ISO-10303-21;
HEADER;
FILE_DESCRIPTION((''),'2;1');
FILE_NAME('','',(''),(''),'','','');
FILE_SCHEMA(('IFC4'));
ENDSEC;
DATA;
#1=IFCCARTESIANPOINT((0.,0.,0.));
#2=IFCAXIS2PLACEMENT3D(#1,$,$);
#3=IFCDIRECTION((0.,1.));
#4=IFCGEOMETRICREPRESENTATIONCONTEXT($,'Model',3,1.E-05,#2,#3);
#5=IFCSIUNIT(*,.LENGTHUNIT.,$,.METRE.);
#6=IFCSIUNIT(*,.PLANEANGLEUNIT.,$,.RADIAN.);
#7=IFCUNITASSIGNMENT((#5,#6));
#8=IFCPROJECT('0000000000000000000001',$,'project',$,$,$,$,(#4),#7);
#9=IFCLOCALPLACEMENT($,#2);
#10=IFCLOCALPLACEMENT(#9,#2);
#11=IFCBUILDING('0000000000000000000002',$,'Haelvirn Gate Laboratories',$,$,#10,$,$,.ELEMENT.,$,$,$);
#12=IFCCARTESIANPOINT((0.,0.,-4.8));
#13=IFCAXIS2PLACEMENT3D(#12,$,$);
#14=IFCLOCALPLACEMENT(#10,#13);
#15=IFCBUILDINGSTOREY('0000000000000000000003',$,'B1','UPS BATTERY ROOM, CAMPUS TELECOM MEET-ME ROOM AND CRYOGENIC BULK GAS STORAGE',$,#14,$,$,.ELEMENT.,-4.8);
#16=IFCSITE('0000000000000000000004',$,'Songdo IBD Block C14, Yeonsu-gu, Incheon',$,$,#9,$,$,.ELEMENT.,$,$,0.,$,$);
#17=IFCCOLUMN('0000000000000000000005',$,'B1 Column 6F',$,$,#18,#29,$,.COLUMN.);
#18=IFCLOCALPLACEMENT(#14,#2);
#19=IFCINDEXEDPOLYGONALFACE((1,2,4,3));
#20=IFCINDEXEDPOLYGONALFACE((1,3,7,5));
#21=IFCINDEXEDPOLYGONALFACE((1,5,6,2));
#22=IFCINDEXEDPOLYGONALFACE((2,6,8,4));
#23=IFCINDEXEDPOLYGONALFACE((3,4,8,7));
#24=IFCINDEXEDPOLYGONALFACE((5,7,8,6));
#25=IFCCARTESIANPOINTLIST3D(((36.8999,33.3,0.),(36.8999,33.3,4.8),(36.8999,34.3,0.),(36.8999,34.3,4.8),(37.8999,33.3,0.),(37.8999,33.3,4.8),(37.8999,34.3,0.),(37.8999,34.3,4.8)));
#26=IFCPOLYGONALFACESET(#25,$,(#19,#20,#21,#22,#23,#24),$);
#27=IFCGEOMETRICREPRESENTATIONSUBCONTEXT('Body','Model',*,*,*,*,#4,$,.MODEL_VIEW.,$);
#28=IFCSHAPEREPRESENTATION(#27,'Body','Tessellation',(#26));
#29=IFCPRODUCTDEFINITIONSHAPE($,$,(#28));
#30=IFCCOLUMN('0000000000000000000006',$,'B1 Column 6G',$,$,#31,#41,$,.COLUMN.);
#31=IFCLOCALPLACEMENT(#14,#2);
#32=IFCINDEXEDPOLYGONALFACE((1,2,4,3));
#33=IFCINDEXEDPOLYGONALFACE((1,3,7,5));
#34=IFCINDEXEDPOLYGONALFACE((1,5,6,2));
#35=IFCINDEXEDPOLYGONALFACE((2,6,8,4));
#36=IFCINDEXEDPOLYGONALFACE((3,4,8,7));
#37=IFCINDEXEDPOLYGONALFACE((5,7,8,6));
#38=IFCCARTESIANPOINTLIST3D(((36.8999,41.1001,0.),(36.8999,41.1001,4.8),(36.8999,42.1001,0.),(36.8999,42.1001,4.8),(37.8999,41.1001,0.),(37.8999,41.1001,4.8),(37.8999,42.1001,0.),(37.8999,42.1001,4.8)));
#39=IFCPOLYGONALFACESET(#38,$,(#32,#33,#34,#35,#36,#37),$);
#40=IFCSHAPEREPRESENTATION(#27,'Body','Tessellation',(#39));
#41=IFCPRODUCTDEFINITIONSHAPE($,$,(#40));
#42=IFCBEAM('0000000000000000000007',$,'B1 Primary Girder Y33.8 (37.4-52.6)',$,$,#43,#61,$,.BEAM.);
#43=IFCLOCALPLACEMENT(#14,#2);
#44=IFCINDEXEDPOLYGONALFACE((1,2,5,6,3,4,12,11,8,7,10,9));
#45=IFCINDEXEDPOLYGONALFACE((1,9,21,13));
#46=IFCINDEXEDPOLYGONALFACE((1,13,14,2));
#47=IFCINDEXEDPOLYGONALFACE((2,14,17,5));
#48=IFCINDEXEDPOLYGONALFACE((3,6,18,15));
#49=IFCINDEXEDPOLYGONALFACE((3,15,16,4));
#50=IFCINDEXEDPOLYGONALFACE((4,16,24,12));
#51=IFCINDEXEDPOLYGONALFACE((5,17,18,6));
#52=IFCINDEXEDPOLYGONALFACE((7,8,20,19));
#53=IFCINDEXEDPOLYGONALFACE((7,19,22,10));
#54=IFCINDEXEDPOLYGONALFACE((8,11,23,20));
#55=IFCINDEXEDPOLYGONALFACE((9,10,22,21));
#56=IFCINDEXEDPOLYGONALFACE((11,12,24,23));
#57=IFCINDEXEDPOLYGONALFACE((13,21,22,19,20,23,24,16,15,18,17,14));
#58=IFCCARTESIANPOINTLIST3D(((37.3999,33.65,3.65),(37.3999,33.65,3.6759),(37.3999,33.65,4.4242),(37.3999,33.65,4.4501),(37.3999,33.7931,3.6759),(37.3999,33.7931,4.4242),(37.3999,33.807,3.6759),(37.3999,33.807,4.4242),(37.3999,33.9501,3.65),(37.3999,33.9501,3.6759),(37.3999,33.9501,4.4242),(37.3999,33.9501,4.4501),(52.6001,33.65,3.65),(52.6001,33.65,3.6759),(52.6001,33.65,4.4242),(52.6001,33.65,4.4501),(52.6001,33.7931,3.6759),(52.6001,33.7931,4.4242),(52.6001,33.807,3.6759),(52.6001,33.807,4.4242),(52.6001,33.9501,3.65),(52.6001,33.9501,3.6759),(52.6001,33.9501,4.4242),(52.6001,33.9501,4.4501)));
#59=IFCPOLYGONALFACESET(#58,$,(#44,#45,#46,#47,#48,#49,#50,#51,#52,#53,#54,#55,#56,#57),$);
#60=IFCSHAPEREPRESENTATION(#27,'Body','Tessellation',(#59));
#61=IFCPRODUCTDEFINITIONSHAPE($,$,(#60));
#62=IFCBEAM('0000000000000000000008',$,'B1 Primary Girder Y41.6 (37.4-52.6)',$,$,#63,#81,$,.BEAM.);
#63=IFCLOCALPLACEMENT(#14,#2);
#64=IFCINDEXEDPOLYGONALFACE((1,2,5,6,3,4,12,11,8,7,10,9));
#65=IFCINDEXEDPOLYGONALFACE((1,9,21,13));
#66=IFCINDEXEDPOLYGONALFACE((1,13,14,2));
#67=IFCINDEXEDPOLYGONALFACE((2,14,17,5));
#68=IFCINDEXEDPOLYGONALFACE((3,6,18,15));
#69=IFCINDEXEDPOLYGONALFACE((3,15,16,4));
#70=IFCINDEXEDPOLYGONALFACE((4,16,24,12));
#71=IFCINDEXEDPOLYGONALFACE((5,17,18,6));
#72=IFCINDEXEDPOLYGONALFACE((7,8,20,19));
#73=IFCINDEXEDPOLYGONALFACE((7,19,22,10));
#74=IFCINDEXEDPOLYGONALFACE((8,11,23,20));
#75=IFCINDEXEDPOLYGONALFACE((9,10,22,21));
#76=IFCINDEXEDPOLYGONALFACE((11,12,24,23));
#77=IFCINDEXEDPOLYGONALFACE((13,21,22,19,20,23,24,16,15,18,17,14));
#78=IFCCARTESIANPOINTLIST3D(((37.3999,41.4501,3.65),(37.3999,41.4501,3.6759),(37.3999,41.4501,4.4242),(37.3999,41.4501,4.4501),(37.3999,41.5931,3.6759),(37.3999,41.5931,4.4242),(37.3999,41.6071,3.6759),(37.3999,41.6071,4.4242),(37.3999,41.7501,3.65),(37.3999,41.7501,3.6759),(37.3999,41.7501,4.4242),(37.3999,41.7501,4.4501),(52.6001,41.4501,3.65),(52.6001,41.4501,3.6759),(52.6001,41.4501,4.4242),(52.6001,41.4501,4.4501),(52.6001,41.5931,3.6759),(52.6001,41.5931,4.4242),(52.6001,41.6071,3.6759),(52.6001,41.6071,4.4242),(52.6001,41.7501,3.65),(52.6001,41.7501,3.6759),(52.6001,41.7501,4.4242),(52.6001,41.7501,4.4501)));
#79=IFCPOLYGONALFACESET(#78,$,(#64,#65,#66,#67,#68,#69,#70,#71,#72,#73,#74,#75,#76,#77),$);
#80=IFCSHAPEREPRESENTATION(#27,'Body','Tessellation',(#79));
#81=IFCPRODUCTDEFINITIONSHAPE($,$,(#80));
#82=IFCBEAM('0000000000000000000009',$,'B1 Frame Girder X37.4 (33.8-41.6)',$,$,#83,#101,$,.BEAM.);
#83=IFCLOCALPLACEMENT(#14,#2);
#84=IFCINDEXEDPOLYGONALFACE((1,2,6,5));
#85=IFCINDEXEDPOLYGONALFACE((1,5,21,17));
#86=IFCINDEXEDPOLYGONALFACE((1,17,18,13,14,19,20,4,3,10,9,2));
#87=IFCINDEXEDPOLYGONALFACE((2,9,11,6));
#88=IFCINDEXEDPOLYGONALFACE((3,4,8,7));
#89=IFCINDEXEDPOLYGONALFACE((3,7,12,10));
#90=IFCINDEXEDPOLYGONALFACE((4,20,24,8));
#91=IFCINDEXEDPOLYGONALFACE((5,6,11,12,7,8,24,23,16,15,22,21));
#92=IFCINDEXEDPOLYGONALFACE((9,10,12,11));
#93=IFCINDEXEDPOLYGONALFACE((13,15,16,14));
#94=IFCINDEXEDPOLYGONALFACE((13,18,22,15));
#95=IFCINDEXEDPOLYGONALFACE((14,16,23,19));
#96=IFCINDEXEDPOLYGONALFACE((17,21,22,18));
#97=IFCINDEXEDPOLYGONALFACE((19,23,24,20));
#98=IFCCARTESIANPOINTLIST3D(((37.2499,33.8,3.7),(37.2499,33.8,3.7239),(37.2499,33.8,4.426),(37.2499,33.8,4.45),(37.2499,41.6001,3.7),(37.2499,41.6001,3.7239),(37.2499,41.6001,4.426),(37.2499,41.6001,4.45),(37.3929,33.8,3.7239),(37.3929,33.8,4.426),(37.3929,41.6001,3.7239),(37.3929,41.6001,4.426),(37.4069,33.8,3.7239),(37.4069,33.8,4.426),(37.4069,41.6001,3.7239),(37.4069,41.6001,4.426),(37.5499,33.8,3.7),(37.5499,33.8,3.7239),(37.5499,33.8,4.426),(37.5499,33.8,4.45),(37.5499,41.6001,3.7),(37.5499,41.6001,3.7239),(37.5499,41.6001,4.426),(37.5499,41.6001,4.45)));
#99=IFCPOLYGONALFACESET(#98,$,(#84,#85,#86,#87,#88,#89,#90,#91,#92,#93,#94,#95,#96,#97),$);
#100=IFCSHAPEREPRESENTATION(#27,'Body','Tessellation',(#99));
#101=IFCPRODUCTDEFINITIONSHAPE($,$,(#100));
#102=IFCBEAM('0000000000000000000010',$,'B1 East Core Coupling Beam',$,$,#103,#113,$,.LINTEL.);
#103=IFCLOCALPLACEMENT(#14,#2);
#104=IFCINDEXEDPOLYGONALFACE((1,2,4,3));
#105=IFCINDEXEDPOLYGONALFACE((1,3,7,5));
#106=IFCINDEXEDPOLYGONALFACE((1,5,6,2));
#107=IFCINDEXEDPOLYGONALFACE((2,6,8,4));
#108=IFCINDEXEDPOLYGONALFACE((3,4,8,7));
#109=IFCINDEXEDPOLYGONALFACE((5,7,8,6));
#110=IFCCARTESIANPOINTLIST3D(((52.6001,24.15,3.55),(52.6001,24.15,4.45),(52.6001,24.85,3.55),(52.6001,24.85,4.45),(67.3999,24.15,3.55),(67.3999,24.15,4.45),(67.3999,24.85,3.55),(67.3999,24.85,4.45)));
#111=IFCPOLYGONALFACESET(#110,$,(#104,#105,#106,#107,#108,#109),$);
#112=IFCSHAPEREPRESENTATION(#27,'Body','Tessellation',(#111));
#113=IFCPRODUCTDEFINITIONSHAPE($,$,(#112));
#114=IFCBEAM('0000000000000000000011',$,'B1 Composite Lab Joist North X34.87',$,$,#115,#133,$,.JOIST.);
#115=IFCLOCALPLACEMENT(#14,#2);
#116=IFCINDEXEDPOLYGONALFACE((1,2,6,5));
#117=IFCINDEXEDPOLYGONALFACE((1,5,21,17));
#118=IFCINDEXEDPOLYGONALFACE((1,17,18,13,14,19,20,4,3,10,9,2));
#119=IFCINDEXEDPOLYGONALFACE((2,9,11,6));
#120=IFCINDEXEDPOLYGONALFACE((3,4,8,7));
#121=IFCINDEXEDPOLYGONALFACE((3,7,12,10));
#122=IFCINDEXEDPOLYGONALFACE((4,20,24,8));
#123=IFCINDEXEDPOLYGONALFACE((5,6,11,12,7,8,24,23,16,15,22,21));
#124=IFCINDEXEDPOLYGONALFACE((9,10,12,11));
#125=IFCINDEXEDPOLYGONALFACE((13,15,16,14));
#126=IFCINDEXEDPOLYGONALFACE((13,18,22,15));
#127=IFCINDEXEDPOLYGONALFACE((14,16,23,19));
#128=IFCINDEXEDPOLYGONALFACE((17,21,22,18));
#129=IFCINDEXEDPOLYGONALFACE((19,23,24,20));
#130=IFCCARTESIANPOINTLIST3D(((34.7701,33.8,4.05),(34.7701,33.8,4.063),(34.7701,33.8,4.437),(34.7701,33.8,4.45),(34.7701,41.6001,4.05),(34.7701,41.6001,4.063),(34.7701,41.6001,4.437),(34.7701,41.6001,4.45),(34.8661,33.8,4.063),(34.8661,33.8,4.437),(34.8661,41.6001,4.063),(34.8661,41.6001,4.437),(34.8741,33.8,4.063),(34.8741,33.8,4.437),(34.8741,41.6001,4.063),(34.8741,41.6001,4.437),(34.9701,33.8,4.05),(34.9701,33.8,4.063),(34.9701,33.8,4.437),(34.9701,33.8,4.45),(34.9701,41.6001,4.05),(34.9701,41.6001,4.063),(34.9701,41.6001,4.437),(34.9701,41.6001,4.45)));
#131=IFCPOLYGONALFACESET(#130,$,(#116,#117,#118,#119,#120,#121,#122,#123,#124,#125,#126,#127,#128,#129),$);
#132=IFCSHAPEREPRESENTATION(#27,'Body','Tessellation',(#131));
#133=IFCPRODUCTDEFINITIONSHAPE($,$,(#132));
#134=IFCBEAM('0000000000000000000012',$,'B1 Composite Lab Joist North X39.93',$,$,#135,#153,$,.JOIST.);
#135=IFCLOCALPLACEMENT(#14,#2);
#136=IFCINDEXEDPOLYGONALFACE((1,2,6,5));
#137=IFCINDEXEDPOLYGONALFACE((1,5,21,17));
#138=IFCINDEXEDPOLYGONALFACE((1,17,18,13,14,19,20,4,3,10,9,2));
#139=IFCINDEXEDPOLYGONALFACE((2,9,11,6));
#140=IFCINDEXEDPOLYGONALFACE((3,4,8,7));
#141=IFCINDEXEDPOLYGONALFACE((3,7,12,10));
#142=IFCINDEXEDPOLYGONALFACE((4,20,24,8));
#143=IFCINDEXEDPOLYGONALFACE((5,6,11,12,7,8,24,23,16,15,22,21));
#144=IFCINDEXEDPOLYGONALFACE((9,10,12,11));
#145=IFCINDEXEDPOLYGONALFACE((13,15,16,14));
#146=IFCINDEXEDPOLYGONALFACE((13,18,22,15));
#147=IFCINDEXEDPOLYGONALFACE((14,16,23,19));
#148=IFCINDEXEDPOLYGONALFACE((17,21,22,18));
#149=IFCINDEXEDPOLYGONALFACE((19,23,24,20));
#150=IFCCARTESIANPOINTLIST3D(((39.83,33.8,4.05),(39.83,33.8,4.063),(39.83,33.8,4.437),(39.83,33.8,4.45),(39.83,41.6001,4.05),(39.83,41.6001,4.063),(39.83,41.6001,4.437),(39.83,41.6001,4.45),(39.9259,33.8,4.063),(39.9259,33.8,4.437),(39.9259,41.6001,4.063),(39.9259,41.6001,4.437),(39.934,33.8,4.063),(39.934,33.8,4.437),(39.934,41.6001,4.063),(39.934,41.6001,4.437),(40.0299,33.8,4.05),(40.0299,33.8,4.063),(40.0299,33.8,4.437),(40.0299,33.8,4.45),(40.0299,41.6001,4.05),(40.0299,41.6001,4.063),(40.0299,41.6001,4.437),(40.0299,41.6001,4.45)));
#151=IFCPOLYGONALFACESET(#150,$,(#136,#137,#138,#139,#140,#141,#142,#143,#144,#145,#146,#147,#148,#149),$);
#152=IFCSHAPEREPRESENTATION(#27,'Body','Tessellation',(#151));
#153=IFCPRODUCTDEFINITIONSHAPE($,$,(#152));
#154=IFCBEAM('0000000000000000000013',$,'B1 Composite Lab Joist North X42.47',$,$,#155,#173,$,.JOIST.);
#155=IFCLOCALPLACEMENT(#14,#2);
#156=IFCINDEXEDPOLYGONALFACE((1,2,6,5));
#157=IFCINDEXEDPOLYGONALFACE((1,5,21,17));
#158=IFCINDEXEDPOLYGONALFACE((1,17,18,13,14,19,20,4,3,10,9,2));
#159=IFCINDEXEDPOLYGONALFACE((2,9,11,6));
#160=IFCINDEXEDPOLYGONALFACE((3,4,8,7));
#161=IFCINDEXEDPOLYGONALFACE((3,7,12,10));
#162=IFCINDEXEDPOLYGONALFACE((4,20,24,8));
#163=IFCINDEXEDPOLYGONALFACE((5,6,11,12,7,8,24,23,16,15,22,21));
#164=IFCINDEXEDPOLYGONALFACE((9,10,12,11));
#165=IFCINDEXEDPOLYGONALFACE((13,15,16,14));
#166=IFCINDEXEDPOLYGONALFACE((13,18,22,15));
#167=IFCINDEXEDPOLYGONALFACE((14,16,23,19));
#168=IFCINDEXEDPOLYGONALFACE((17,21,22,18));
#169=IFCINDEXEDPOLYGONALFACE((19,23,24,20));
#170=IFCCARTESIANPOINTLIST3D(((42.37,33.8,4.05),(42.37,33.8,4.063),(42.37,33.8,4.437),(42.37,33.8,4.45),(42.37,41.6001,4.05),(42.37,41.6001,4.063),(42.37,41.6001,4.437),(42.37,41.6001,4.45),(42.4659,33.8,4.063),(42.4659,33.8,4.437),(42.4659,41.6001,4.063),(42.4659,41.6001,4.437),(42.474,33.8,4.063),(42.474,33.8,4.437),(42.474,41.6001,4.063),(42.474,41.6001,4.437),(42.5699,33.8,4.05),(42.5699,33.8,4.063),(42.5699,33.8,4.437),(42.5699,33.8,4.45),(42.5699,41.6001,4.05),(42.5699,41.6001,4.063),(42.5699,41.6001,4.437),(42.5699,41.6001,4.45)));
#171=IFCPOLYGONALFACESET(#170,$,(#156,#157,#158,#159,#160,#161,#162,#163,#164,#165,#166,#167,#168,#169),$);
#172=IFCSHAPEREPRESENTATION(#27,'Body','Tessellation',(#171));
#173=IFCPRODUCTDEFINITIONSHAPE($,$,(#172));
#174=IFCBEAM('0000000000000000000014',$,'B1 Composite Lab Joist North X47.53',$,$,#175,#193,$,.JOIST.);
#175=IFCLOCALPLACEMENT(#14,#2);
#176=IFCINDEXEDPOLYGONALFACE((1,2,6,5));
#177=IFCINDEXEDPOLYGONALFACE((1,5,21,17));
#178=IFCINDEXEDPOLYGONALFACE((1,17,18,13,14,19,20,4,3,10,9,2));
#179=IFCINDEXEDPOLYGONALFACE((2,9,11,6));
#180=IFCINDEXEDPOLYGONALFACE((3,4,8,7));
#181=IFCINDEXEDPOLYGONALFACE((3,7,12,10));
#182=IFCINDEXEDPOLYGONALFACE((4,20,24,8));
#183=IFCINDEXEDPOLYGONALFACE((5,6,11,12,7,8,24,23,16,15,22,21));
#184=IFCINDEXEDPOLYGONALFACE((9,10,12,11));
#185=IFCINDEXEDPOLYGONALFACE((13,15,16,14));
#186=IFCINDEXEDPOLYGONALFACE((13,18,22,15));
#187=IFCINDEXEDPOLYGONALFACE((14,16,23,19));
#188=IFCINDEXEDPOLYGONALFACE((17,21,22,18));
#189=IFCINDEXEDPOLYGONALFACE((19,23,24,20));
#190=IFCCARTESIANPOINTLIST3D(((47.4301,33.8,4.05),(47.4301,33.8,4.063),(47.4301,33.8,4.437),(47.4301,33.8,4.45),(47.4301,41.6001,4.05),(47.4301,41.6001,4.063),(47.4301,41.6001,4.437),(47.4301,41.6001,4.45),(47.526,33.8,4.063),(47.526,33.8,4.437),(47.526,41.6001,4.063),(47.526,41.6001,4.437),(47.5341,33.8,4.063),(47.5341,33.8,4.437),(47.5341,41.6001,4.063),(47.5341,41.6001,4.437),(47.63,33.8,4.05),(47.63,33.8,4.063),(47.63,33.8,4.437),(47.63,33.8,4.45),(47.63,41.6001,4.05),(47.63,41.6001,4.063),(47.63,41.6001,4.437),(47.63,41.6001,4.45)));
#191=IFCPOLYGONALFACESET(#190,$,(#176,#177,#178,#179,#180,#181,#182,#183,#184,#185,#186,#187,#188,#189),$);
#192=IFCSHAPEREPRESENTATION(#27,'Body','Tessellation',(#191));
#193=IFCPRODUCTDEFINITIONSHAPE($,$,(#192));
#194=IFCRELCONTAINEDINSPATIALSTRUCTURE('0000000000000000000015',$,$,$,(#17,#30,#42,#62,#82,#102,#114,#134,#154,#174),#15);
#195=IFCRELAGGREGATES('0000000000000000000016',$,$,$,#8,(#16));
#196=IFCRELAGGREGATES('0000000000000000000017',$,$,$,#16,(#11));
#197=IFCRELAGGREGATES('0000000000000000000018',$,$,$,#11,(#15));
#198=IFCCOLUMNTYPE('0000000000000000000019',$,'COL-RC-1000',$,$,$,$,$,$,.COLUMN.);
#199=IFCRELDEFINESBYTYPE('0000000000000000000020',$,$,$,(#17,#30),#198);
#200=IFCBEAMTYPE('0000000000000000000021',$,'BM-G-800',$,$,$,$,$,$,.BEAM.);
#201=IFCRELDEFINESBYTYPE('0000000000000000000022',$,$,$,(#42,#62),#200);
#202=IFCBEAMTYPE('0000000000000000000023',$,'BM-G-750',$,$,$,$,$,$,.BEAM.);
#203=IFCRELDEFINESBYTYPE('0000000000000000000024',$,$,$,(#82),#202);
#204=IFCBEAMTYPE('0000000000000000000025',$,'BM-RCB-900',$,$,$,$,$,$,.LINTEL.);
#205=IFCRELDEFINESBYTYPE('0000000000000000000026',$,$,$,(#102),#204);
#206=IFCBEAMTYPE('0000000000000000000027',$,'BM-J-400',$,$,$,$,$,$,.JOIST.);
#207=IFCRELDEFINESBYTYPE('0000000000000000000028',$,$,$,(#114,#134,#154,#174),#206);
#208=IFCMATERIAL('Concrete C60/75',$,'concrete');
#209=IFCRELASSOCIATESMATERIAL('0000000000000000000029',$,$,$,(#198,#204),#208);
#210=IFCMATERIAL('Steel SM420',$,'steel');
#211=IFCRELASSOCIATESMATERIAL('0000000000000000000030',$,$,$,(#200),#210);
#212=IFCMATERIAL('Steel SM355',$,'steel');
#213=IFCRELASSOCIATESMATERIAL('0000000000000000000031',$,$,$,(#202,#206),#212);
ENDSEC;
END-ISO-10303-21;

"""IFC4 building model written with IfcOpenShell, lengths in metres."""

from ifc_helpers import new_model, si_unit, direction, frame, origin, origin_2d, place, context, subcontext, project, spatial, rectangle, i_section, extrude, source, transform, mapped, material, material_profile, profile_set, type_object, type_shapes, element, save


model = new_model("IFC4")

# Units and contexts
model_context = context("Model", 3, precision=1e-05, world=origin(), true_north=direction((0.0, 1.0)))
body_context = subcontext(model_context, "Body", "Model", "MODEL_VIEW")
ifc_project = project(units=[si_unit("LENGTHUNIT", "METRE"), si_unit("PLANEANGLEUNIT", "RADIAN")], contexts=[model_context])

# Site, building, storey
site_placement = place(None, origin())
site = spatial("IfcSite", under=ifc_project, at=site_placement, Name="Songdo IBD Block C14, Yeonsu-gu, Incheon", CompositionType="ELEMENT", RefElevation=0.0)
building_placement = place(site_placement, origin())
building = spatial("IfcBuilding", under=site, at=building_placement, Name="Haelvirn Gate Laboratories", CompositionType="ELEMENT")
storey_placement = place(building_placement, frame((0.0, 0.0, -4.8)))
storey = spatial("IfcBuildingStorey", under=building, at=storey_placement, Name="B1", Description="UPS BATTERY ROOM, CAMPUS TELECOM MEET-ME ROOM AND CRYOGENIC BULK GAS STORAGE", CompositionType="ELEMENT", Elevation=-4.8)

# Columns
ifc_material_1 = material(Name="Concrete C60/75", Category="concrete")
ifc_material_profile_1 = material_profile(ifc_material_1, rectangle(XDim=1.0, YDim=1.0, at=origin_2d()), Name="RC-1000x1000")
ifc_profile_set_1 = profile_set([ifc_material_profile_1], Name="Concrete C60/75")
column_type = type_object("IfcColumnType", Name="COL-RC-1000", PredefinedType="COLUMN", material=ifc_profile_set_1)
shared_shape_1 = source(origin(), body_context, "Body", "SweptSolid", [
    extrude(rectangle(XDim=1.0, YDim=1.0, at=origin_2d()), origin(), (0.0, 0.0, 1.0), 4.8),
])
type_shapes(column_type, [shared_shape_1])
for number, where, z_axis, x_axis, name in (
    (1, (37.3999, 33.8, 0.0), (0.0, 0.0, 1.0), (1.0, 0.0, 0.0), "B1 Column 6F"),
    (2, (37.3999, 41.6001, 0.0), (0.0, 0.0, 1.0), (1.0, 0.0, 0.0), "B1 Column 6G"),
):
    element("IfcColumn", number, at=place(storey_placement, frame(where, z_axis=z_axis, x_axis=x_axis)), inside=storey, type_object=column_type, Name=name, PredefinedType="COLUMN", context=body_context, shape_type="MappedRepresentation", body=[
        mapped(shared_shape_1, transform((0.0, 0.0, 0.0), scale=1.0)),
    ])

# Beams
ifc_material_2 = material(Name="Steel SM420", Category="steel")
ifc_material_profile_2 = material_profile(ifc_material_2, i_section(OverallWidth=0.3, OverallDepth=0.8, WebThickness=0.0139, FlangeThickness=0.0259, at=origin_2d()), Name="H-800x300x14x26")
ifc_profile_set_2 = profile_set([ifc_material_profile_2], Name="Steel SM420")
beam_type_1 = type_object("IfcBeamType", Name="BM-G-800", PredefinedType="BEAM", material=ifc_profile_set_2)
shared_shape_2 = source(origin(), body_context, "Body", "SweptSolid", [
    extrude(i_section(OverallWidth=0.3, OverallDepth=0.8, WebThickness=0.0139, FlangeThickness=0.0259, at=origin_2d()), origin(), (0.0, 0.0, 1.0), 15.2002),
])
type_shapes(beam_type_1, [shared_shape_2])
for number, where, z_axis, x_axis, name in (
    (3, (37.3999, 33.8, 4.05), (1.0, 0.0, 0.0), (0.0, 1.0, 0.0), "B1 Primary Girder Y33.8 (37.4-52.6)"),
    (4, (37.3999, 41.6001, 4.05), (1.0, 0.0, 0.0), (0.0, 1.0, 0.0), "B1 Primary Girder Y41.6 (37.4-52.6)"),
):
    element("IfcBeam", number, at=place(storey_placement, frame(where, z_axis=z_axis, x_axis=x_axis)), inside=storey, type_object=beam_type_1, Name=name, PredefinedType="BEAM", context=body_context, shape_type="MappedRepresentation", body=[
        mapped(shared_shape_2, transform((0.0, 0.0, 0.0), scale=1.0)),
    ])
ifc_material_3 = material(Name="Steel SM355", Category="steel")
ifc_material_profile_3 = material_profile(ifc_material_3, i_section(OverallWidth=0.3, OverallDepth=0.75, WebThickness=0.0139, FlangeThickness=0.0239, at=origin_2d()), Name="H-750x300x14x24")
ifc_profile_set_3 = profile_set([ifc_material_profile_3], Name="Steel SM355")
beam_type_2 = type_object("IfcBeamType", Name="BM-G-750", PredefinedType="BEAM", material=ifc_profile_set_3)
shared_shape_3 = source(origin(), body_context, "Body", "SweptSolid", [
    extrude(i_section(OverallWidth=0.3, OverallDepth=0.75, WebThickness=0.0139, FlangeThickness=0.0239, at=origin_2d()), origin(), (0.0, 0.0, 1.0), 7.8),
])
type_shapes(beam_type_2, [shared_shape_3])
beam_1_placement = place(storey_placement, frame((37.3999, 33.8, 4.075), z_axis=(0.0, 1.0, 0.0), x_axis=(-1.0, 0.0, 0.0)))
element("IfcBeam", 5, at=beam_1_placement, inside=storey, type_object=beam_type_2, Name="B1 Frame Girder X37.4 (33.8-41.6)", PredefinedType="BEAM", context=body_context, shape_type="MappedRepresentation", body=[
    mapped(shared_shape_3, transform((0.0, 0.0, 0.0), scale=1.0)),
])
ifc_material_profile_4 = material_profile(ifc_material_1, rectangle(XDim=0.7, YDim=0.8999, at=origin_2d()), Name="RCB-700x900")
ifc_profile_set_4 = profile_set([ifc_material_profile_4], Name="Concrete C60/75")
beam_type_3 = type_object("IfcBeamType", Name="BM-RCB-900", PredefinedType="LINTEL", material=ifc_profile_set_4)
shared_shape_4 = source(origin(), body_context, "Body", "SweptSolid", [
    extrude(rectangle(XDim=0.7, YDim=0.8999, at=origin_2d()), origin(), (0.0, 0.0, 1.0), 14.7998),
])
type_shapes(beam_type_3, [shared_shape_4])
beam_2_placement = place(storey_placement, frame((52.6001, 24.5, 4.0), z_axis=(1.0, 0.0, 0.0), x_axis=(0.0, 1.0, 0.0)))
element("IfcBeam", 6, at=beam_2_placement, inside=storey, type_object=beam_type_3, Name="B1 East Core Coupling Beam", PredefinedType="LINTEL", context=body_context, shape_type="MappedRepresentation", body=[
    mapped(shared_shape_4, transform((0.0, 0.0, 0.0), scale=1.0)),
])
ifc_material_profile_5 = material_profile(ifc_material_3, i_section(OverallWidth=0.2, OverallDepth=0.3999, WebThickness=0.0081, FlangeThickness=0.0129, at=origin_2d()), Name="H-400x200x8x13")
ifc_profile_set_5 = profile_set([ifc_material_profile_5], Name="Steel SM355")
beam_type_4 = type_object("IfcBeamType", Name="BM-J-400", PredefinedType="JOIST", material=ifc_profile_set_5)
shared_shape_5 = source(origin(), body_context, "Body", "SweptSolid", [
    extrude(i_section(OverallWidth=0.2, OverallDepth=0.3999, WebThickness=0.0081, FlangeThickness=0.0129, at=origin_2d()), origin(), (0.0, 0.0, 1.0), 7.8),
])
type_shapes(beam_type_4, [shared_shape_5])
for number, where, z_axis, x_axis, name in (
    (7, (34.8701, 33.8, 4.25), (0.0, 1.0, 0.0), (-1.0, 0.0, 0.0), "B1 Composite Lab Joist North X34.87"),
    (8, (39.9299, 33.8, 4.25), (0.0, 1.0, 0.0), (-1.0, 0.0, 0.0), "B1 Composite Lab Joist North X39.93"),
    (9, (42.47, 33.8, 4.25), (0.0, 1.0, 0.0), (-1.0, 0.0, 0.0), "B1 Composite Lab Joist North X42.47"),
    (10, (47.53, 33.8, 4.25), (0.0, 1.0, 0.0), (-1.0, 0.0, 0.0), "B1 Composite Lab Joist North X47.53"),
):
    element("IfcBeam", number, at=place(storey_placement, frame(where, z_axis=z_axis, x_axis=x_axis)), inside=storey, type_object=beam_type_4, Name=name, PredefinedType="JOIST", context=body_context, shape_type="MappedRepresentation", body=[
        mapped(shared_shape_5, transform((0.0, 0.0, 0.0), scale=1.0)),
    ])

save(model, "model.ifc")
